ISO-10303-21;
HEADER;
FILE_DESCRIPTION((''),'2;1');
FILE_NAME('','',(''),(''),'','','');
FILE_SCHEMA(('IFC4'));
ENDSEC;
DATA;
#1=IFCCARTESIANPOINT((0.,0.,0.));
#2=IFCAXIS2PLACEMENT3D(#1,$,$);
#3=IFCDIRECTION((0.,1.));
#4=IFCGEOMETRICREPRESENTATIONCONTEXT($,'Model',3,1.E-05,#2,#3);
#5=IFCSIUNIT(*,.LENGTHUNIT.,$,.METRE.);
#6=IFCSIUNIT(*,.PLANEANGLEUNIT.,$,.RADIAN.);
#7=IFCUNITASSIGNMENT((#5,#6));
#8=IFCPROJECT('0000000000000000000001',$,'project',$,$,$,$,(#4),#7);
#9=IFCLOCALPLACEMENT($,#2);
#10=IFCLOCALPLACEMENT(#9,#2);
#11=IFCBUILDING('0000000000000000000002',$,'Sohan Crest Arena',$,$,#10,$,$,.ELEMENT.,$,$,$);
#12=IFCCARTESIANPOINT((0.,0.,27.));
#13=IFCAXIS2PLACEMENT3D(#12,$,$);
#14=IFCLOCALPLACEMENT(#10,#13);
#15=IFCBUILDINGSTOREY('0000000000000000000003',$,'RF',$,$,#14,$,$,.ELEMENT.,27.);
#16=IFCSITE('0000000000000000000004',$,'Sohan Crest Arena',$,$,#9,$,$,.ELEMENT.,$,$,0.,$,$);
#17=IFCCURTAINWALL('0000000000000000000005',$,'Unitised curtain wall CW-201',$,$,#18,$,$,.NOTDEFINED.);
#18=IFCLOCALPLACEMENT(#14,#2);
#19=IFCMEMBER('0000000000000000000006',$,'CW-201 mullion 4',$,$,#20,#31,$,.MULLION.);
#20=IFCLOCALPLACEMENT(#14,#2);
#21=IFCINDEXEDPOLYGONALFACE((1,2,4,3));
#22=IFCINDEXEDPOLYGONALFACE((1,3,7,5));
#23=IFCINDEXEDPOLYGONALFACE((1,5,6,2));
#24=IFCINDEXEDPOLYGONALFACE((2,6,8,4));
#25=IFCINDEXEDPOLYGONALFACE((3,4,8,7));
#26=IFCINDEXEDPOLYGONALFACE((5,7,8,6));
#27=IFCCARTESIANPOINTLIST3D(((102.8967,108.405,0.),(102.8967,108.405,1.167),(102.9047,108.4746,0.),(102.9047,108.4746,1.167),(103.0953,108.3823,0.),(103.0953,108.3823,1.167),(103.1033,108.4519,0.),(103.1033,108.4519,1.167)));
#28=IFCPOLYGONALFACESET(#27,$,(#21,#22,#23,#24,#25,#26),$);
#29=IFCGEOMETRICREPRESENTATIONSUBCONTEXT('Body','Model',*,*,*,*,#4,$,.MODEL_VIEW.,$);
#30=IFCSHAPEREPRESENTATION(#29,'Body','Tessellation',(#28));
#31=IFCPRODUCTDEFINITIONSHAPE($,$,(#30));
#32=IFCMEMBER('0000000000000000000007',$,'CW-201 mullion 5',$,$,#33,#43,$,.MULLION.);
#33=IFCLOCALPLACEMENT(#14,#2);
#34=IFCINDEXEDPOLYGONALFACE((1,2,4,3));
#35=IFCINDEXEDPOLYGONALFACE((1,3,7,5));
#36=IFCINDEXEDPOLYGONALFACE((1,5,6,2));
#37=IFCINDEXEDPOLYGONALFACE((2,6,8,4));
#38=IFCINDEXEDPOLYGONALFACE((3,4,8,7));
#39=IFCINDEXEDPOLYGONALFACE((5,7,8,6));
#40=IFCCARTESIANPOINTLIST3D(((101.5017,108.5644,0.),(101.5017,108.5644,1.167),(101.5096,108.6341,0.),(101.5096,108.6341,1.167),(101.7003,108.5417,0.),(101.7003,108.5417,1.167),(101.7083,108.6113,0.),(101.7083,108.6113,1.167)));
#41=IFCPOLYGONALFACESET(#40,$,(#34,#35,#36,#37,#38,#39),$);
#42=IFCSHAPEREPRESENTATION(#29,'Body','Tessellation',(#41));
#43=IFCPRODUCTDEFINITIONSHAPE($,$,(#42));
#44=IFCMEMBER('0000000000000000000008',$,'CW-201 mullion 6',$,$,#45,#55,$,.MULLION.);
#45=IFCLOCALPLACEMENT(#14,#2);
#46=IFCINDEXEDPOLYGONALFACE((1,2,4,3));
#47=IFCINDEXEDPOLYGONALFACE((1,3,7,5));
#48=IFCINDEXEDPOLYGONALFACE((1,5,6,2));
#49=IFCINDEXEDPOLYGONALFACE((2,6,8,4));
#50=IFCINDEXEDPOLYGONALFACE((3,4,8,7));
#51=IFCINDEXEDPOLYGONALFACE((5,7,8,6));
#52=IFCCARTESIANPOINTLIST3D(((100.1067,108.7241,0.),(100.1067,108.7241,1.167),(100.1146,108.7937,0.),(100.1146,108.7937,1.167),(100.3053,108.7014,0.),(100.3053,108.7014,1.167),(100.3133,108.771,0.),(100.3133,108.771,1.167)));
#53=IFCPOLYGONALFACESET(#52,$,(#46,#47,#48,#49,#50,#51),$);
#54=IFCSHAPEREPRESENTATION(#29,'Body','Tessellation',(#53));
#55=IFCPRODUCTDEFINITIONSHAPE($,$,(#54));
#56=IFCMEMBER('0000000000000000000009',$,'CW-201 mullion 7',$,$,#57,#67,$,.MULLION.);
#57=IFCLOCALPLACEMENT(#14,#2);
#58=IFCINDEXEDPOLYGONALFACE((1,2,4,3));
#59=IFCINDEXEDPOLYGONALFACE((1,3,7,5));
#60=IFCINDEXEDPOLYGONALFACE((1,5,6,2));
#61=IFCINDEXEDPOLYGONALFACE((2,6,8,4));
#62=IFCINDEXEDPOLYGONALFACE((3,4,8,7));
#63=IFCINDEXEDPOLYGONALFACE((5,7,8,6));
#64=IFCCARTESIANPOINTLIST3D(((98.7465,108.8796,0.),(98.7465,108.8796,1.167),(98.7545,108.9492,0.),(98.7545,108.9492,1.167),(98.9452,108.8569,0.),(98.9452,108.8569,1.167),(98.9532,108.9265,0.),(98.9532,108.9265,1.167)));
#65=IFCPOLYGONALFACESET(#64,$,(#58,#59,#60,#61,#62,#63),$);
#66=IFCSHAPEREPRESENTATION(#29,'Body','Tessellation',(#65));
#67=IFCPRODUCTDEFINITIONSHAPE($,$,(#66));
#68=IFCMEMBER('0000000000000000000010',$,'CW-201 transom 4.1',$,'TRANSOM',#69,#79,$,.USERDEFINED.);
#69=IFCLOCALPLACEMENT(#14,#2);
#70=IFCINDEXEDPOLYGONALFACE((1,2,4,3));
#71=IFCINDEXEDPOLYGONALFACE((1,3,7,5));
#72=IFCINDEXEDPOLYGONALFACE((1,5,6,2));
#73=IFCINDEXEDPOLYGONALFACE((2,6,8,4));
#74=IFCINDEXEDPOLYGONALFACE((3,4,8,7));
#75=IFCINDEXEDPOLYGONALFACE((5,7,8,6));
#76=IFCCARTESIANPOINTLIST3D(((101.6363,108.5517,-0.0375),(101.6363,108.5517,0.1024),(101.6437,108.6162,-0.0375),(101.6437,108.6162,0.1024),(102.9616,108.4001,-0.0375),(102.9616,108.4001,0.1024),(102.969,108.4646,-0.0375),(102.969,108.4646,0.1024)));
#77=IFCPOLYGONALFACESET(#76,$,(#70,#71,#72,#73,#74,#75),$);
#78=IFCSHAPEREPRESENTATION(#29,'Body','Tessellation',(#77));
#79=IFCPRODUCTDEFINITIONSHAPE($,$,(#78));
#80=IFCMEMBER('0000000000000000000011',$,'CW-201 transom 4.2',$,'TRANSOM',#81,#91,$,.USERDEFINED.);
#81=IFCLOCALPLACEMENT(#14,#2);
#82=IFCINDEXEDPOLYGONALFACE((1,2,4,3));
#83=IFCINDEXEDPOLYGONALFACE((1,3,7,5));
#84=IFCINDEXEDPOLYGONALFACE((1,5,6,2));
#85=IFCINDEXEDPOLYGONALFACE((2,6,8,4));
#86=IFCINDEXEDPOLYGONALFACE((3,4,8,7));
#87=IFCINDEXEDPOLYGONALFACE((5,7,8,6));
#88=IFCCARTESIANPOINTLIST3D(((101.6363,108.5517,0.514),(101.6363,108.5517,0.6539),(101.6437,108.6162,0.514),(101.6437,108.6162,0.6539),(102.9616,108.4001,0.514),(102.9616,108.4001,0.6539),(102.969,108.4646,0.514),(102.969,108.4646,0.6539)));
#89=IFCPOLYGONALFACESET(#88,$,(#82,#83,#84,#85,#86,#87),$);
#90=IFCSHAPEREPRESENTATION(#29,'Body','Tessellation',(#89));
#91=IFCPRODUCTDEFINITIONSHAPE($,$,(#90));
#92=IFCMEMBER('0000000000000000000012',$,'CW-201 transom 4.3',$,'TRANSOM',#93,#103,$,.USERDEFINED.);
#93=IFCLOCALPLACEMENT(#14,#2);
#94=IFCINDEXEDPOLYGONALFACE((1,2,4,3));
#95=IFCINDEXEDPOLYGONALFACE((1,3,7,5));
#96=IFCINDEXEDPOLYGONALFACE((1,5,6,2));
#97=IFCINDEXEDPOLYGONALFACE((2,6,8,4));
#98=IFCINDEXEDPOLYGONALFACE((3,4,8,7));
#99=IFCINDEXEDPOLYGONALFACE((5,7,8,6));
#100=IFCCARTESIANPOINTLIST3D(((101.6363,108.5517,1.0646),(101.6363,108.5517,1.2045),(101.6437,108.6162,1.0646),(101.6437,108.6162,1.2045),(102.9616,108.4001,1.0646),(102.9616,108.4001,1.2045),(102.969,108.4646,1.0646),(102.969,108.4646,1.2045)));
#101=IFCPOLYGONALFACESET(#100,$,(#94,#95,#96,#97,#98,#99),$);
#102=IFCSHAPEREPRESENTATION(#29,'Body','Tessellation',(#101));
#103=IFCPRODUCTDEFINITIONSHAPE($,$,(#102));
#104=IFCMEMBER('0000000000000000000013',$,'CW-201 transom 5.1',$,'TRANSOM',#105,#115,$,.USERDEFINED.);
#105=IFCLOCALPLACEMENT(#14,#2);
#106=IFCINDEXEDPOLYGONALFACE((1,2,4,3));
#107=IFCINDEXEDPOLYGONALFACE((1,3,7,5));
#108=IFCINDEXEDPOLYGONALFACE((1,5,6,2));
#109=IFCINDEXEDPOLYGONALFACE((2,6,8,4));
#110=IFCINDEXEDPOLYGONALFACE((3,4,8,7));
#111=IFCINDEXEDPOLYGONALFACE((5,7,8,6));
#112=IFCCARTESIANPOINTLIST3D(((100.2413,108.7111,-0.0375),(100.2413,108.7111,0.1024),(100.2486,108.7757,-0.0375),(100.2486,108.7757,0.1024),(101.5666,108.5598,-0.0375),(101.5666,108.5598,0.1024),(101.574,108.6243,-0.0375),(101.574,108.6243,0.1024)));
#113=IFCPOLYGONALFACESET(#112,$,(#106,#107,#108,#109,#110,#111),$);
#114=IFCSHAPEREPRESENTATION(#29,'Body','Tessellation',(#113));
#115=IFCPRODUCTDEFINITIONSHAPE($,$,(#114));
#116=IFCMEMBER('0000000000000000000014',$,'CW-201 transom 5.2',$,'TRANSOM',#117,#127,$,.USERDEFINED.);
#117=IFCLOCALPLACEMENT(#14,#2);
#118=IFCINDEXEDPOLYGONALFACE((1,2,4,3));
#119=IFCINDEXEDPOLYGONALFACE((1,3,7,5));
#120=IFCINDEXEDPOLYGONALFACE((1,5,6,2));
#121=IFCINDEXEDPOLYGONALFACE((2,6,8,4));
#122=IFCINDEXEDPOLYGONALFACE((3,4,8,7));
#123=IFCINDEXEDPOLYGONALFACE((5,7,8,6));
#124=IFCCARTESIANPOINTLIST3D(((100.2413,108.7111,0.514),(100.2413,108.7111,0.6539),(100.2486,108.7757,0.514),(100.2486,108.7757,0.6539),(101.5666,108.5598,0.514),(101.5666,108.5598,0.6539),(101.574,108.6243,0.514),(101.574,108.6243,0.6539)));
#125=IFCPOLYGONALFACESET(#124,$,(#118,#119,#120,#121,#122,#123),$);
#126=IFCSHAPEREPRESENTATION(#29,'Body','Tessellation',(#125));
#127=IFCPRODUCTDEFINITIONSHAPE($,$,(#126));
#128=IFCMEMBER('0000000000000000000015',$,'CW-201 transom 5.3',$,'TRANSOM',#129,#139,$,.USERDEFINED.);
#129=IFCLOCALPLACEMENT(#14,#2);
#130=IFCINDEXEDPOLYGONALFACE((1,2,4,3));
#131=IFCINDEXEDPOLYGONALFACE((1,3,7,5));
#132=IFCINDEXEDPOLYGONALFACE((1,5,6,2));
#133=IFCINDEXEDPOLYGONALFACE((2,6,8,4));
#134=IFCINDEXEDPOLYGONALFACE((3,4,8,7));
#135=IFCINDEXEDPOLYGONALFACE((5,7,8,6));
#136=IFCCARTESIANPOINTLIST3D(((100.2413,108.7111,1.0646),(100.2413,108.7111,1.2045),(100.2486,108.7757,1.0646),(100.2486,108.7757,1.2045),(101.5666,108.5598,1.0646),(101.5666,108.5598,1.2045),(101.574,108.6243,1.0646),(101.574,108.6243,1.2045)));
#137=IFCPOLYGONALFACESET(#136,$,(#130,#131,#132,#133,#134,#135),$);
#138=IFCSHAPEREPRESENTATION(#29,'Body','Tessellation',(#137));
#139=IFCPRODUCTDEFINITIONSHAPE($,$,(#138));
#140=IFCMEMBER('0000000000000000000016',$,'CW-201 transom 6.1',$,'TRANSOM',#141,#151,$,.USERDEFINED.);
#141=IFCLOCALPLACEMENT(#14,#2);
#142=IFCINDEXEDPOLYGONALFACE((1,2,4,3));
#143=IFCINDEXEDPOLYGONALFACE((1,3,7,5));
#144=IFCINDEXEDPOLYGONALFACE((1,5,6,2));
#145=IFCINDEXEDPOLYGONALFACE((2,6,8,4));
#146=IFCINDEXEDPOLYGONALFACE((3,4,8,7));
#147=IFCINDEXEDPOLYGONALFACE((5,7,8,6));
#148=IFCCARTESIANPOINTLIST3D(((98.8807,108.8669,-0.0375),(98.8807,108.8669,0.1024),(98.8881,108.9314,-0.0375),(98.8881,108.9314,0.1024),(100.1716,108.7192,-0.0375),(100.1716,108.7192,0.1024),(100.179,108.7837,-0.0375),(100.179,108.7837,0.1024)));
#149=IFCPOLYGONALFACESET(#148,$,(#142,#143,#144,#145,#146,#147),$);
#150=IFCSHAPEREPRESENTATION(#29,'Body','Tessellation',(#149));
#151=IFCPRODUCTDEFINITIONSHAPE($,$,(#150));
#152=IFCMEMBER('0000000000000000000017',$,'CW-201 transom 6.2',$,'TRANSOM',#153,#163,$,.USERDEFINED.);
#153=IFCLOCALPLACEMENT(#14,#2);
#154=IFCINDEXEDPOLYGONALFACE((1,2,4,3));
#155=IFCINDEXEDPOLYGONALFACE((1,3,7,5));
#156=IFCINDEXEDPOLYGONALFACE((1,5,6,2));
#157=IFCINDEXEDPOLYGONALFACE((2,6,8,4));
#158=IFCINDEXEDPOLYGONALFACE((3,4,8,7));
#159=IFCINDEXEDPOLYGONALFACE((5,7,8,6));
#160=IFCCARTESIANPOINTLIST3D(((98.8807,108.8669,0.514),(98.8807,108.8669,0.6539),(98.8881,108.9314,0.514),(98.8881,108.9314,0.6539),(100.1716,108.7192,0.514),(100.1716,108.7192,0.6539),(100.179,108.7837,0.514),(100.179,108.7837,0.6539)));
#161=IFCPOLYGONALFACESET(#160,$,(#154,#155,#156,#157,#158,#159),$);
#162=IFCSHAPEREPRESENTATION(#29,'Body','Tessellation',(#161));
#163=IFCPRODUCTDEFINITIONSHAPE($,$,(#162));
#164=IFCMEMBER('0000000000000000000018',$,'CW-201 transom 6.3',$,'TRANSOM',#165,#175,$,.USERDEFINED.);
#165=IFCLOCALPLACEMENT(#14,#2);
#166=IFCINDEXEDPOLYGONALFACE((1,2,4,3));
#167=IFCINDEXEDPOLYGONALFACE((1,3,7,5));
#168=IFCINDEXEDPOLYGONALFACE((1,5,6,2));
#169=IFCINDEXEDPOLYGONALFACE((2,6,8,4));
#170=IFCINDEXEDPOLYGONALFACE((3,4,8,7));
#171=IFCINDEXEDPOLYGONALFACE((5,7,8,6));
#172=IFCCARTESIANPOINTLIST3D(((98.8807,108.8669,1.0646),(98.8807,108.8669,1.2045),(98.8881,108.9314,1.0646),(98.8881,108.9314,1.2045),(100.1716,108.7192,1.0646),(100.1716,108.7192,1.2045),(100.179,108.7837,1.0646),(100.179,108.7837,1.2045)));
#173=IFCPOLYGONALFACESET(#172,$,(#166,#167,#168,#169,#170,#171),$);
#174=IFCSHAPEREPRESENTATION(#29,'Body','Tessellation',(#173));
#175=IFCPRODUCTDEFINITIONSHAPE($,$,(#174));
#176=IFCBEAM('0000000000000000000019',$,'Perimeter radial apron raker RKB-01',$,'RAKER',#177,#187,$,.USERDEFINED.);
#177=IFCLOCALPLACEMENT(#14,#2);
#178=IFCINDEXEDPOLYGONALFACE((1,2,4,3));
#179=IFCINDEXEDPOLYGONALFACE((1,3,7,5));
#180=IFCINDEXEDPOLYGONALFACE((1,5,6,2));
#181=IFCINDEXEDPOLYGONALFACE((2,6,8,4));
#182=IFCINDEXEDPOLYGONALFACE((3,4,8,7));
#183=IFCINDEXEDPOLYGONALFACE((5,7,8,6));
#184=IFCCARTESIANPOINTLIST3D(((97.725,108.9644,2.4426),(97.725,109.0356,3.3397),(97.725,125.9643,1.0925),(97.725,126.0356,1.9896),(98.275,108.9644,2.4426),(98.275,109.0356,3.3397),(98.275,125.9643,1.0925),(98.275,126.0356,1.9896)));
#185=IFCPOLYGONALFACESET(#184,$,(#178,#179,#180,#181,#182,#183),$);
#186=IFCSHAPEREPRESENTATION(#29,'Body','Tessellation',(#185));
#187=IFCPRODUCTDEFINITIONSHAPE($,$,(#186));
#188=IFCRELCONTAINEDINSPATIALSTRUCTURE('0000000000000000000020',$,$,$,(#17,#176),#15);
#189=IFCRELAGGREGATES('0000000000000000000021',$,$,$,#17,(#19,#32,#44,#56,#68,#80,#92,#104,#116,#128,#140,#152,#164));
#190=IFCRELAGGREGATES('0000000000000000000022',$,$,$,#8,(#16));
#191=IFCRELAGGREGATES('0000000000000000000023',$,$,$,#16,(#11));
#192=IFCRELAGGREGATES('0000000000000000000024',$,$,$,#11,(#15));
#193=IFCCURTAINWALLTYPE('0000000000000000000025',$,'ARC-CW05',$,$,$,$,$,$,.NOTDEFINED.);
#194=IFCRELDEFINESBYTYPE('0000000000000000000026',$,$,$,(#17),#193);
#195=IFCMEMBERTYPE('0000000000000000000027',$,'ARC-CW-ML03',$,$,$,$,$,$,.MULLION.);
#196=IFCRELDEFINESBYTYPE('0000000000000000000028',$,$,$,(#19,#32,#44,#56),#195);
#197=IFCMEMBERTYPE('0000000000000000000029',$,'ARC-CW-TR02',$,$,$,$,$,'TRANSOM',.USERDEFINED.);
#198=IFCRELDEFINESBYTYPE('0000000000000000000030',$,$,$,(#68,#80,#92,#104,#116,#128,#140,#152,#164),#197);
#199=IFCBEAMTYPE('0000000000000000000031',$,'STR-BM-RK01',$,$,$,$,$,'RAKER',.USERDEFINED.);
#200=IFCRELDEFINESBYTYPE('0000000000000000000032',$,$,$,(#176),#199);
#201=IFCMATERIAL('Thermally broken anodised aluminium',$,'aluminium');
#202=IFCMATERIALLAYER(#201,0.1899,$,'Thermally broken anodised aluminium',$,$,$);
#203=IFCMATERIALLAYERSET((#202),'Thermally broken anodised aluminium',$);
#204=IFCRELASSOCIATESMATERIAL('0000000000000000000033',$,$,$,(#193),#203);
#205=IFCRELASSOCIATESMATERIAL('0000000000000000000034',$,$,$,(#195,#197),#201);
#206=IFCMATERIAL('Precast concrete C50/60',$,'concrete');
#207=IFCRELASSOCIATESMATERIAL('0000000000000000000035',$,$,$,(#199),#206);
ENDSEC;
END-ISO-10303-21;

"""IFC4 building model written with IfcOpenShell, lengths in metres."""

from ifc_helpers import new_model, si_unit, direction, frame, origin, origin_2d, place, context, subcontext, project, spatial, rectangle, extrude, material, layer, layer_set, material_profile, profile_set, type_object, element, aggregate, save


model = new_model("IFC4")

# Units and contexts
model_context = context("Model", 3, precision=1e-05, world=origin(), true_north=direction((0.0, 1.0)))
body_context = subcontext(model_context, "Body", "Model", "MODEL_VIEW")
ifc_project = project(units=[si_unit("LENGTHUNIT", "METRE"), si_unit("PLANEANGLEUNIT", "RADIAN")], contexts=[model_context])

# Site, building, storey
site_placement = place(None, origin())
site = spatial("IfcSite", under=ifc_project, at=site_placement, Name="Sohan Crest Arena", CompositionType="ELEMENT", RefElevation=0.0)
building_placement = place(site_placement, origin())
building = spatial("IfcBuilding", under=site, at=building_placement, Name="Sohan Crest Arena", CompositionType="ELEMENT")
storey_placement = place(building_placement, frame((0.0, 0.0, 27.0)))
storey = spatial("IfcBuildingStorey", under=building, at=storey_placement, Name="RF", CompositionType="ELEMENT", Elevation=27.0)

# Curtain wall, members
ifc_material_1 = material(Name="Thermally broken anodised aluminium", Category="aluminium")
ifc_layer_1 = layer(ifc_material_1, 0.1899, Name="Thermally broken anodised aluminium")
ifc_layer_set_1 = layer_set([ifc_layer_1], Name="Thermally broken anodised aluminium")
curtain_wall_type = type_object("IfcCurtainWallType", Name="ARC-CW05", PredefinedType="NOTDEFINED", material=ifc_layer_set_1)
curtain_wall_placement = place(storey_placement, origin())
curtain_wall = element("IfcCurtainWall", 1, at=curtain_wall_placement, inside=storey, type_object=curtain_wall_type, Name="Unitised curtain wall CW-201", PredefinedType="NOTDEFINED")
ifc_material_profile_1 = material_profile(ifc_material_1, rectangle(XDim=0.0701, YDim=0.2, at=origin_2d()), Name="ALU-MULL 70x200")
ifc_profile_set_1 = profile_set([ifc_material_profile_1], Name="Thermally broken anodised aluminium")
member_type_1 = type_object("IfcMemberType", Name="ARC-CW-ML03", PredefinedType="MULLION", material=ifc_profile_set_1)
member_1_placement = place(storey_placement, frame((103.0, 108.4285, 0.0), z_axis=(0.0, 0.0, 1.0), x_axis=(-0.113597, -0.993527, 0.0)))
member_1 = element("IfcMember", 2, at=member_1_placement, type_object=member_type_1, Name="CW-201 mullion 4", PredefinedType="MULLION", context=body_context, shape_type="SweptSolid", body=[
    extrude(rectangle(XDim=0.0701, YDim=0.2, at=origin_2d()), origin(), (0.0, 0.0, 1.0), 1.167),
])
member_2_placement = place(storey_placement, frame((101.605, 108.5879, 0.0), z_axis=(0.0, 0.0, 1.0), x_axis=(-0.113597, -0.993527, 0.0)))
member_2 = element("IfcMember", 3, at=member_2_placement, type_object=member_type_1, Name="CW-201 mullion 5", PredefinedType="MULLION", context=body_context, shape_type="SweptSolid", body=[
    extrude(rectangle(XDim=0.0701, YDim=0.2, at=origin_2d()), origin(), (0.0, 0.0, 1.0), 1.167),
])
member_3_placement = place(storey_placement, frame((100.21, 108.7476, 0.0), z_axis=(0.0, 0.0, 1.0), x_axis=(-0.113597, -0.993527, 0.0)))
member_3 = element("IfcMember", 4, at=member_3_placement, type_object=member_type_1, Name="CW-201 mullion 6", PredefinedType="MULLION", context=body_context, shape_type="SweptSolid", body=[
    extrude(rectangle(XDim=0.0701, YDim=0.2, at=origin_2d()), origin(), (0.0, 0.0, 1.0), 1.167),
])
member_4_placement = place(storey_placement, frame((98.8499, 108.9031, 0.0), z_axis=(0.0, 0.0, 1.0), x_axis=(-0.113597, -0.993527, 0.0)))
member_4 = element("IfcMember", 5, at=member_4_placement, type_object=member_type_1, Name="CW-201 mullion 7", PredefinedType="MULLION", context=body_context, shape_type="SweptSolid", body=[
    extrude(rectangle(XDim=0.0701, YDim=0.2, at=origin_2d()), origin(), (0.0, 0.0, 1.0), 1.167),
])
ifc_material_profile_2 = material_profile(ifc_material_1, rectangle(XDim=0.0649, YDim=0.1399, at=origin_2d()), Name="ALU-TRAN 65x140")
ifc_profile_set_2 = profile_set([ifc_material_profile_2], Name="Thermally broken anodised aluminium")
member_type_2 = type_object("IfcMemberType", Name="ARC-CW-TR02", ElementType="TRANSOM", PredefinedType="USERDEFINED", material=ifc_profile_set_2)
member_5_placement = place(storey_placement, frame((102.9653, 108.4324, 0.0325), z_axis=(-0.993521, 0.113645, 0.0), x_axis=(-0.113645, -0.993521, 0.0)))
member_5 = element("IfcMember", 6, at=member_5_placement, type_object=member_type_2, Name="CW-201 transom 4.1", ObjectType="TRANSOM", PredefinedType="USERDEFINED", context=body_context, shape_type="SweptSolid", body=[
    extrude(rectangle(XDim=0.0649, YDim=0.1399, at=origin_2d()), origin(), (0.0, 0.0, 1.0), 1.334),
])
member_6_placement = place(storey_placement, frame((102.9653, 108.4324, 0.584), z_axis=(-0.993521, 0.113645, 0.0), x_axis=(-0.113645, -0.993521, 0.0)))
member_6 = element("IfcMember", 7, at=member_6_placement, type_object=member_type_2, Name="CW-201 transom 4.2", ObjectType="TRANSOM", PredefinedType="USERDEFINED", context=body_context, shape_type="SweptSolid", body=[
    extrude(rectangle(XDim=0.0649, YDim=0.1399, at=origin_2d()), origin(), (0.0, 0.0, 1.0), 1.334),
])
member_7_placement = place(storey_placement, frame((102.9653, 108.4324, 1.1345), z_axis=(-0.993521, 0.113645, 0.0), x_axis=(-0.113645, -0.993521, 0.0)))
member_7 = element("IfcMember", 8, at=member_7_placement, type_object=member_type_2, Name="CW-201 transom 4.3", ObjectType="TRANSOM", PredefinedType="USERDEFINED", context=body_context, shape_type="SweptSolid", body=[
    extrude(rectangle(XDim=0.0649, YDim=0.1399, at=origin_2d()), origin(), (0.0, 0.0, 1.0), 1.334),
])
member_8_placement = place(storey_placement, frame((101.5703, 108.592, 0.0325), z_axis=(-0.993542, 0.113464, 0.0), x_axis=(-0.113464, -0.993542, 0.0)))
member_8 = element("IfcMember", 9, at=member_8_placement, type_object=member_type_2, Name="CW-201 transom 5.1", ObjectType="TRANSOM", PredefinedType="USERDEFINED", context=body_context, shape_type="SweptSolid", body=[
    extrude(rectangle(XDim=0.0649, YDim=0.1399, at=origin_2d()), origin(), (0.0, 0.0, 1.0), 1.334),
])
member_9_placement = place(storey_placement, frame((101.5703, 108.592, 0.584), z_axis=(-0.993542, 0.113464, 0.0), x_axis=(-0.113464, -0.993542, 0.0)))
member_9 = element("IfcMember", 10, at=member_9_placement, type_object=member_type_2, Name="CW-201 transom 5.2", ObjectType="TRANSOM", PredefinedType="USERDEFINED", context=body_context, shape_type="SweptSolid", body=[
    extrude(rectangle(XDim=0.0649, YDim=0.1399, at=origin_2d()), origin(), (0.0, 0.0, 1.0), 1.334),
])
member_10_placement = place(storey_placement, frame((101.5703, 108.592, 1.1345), z_axis=(-0.993542, 0.113464, 0.0), x_axis=(-0.113464, -0.993542, 0.0)))
member_10 = element("IfcMember", 11, at=member_10_placement, type_object=member_type_2, Name="CW-201 transom 5.3", ObjectType="TRANSOM", PredefinedType="USERDEFINED", context=body_context, shape_type="SweptSolid", body=[
    extrude(rectangle(XDim=0.0649, YDim=0.1399, at=origin_2d()), origin(), (0.0, 0.0, 1.0), 1.334),
])
member_11_placement = place(storey_placement, frame((100.1753, 108.7515, 0.0325), z_axis=(-0.993516, 0.11369, 0.0), x_axis=(-0.11369, -0.993516, 0.0)))
member_11 = element("IfcMember", 12, at=member_11_placement, type_object=member_type_2, Name="CW-201 transom 6.1", ObjectType="TRANSOM", PredefinedType="USERDEFINED", context=body_context, shape_type="SweptSolid", body=[
    extrude(rectangle(XDim=0.0649, YDim=0.1399, at=origin_2d()), origin(), (0.0, 0.0, 1.0), 1.2993),
])
member_12_placement = place(storey_placement, frame((100.1753, 108.7515, 0.584), z_axis=(-0.993516, 0.11369, 0.0), x_axis=(-0.11369, -0.993516, 0.0)))
member_12 = element("IfcMember", 13, at=member_12_placement, type_object=member_type_2, Name="CW-201 transom 6.2", ObjectType="TRANSOM", PredefinedType="USERDEFINED", context=body_context, shape_type="SweptSolid", body=[
    extrude(rectangle(XDim=0.0649, YDim=0.1399, at=origin_2d()), origin(), (0.0, 0.0, 1.0), 1.2993),
])
member_13_placement = place(storey_placement, frame((100.1753, 108.7515, 1.1345), z_axis=(-0.993516, 0.11369, 0.0), x_axis=(-0.11369, -0.993516, 0.0)))
member_13 = element("IfcMember", 14, at=member_13_placement, type_object=member_type_2, Name="CW-201 transom 6.3", ObjectType="TRANSOM", PredefinedType="USERDEFINED", context=body_context, shape_type="SweptSolid", body=[
    extrude(rectangle(XDim=0.0649, YDim=0.1399, at=origin_2d()), origin(), (0.0, 0.0, 1.0), 1.2993),
])

# Beam
ifc_material_2 = material(Name="Precast concrete C50/60", Category="concrete")
ifc_material_profile_3 = material_profile(ifc_material_2, rectangle(XDim=0.55, YDim=0.8999, at=origin_2d()), Name="RAKER 550x900")
ifc_profile_set_3 = profile_set([ifc_material_profile_3], Name="Precast concrete C50/60")
beam_type = type_object("IfcBeamType", Name="STR-BM-RK01", ElementType="RAKER", PredefinedType="USERDEFINED", material=ifc_profile_set_3)
beam_placement = place(storey_placement, frame((98.0, 109.0, 2.8911), z_axis=(0.0, 0.996861, -0.079168), x_axis=(-1.0, 0.0, 0.0)))
element("IfcBeam", 15, at=beam_placement, inside=storey, type_object=beam_type, Name="Perimeter radial apron raker RKB-01", ObjectType="RAKER", PredefinedType="USERDEFINED", context=body_context, shape_type="SweptSolid", body=[
    extrude(rectangle(XDim=0.55, YDim=0.8999, at=origin_2d()), origin(), (0.0, 0.0, 1.0), 17.0535),
])

aggregate(curtain_wall, [member_1, member_2, member_3, member_4, member_5, member_6, member_7, member_8, member_9, member_10, member_11, member_12, member_13])

save(model, "model.ifc")
